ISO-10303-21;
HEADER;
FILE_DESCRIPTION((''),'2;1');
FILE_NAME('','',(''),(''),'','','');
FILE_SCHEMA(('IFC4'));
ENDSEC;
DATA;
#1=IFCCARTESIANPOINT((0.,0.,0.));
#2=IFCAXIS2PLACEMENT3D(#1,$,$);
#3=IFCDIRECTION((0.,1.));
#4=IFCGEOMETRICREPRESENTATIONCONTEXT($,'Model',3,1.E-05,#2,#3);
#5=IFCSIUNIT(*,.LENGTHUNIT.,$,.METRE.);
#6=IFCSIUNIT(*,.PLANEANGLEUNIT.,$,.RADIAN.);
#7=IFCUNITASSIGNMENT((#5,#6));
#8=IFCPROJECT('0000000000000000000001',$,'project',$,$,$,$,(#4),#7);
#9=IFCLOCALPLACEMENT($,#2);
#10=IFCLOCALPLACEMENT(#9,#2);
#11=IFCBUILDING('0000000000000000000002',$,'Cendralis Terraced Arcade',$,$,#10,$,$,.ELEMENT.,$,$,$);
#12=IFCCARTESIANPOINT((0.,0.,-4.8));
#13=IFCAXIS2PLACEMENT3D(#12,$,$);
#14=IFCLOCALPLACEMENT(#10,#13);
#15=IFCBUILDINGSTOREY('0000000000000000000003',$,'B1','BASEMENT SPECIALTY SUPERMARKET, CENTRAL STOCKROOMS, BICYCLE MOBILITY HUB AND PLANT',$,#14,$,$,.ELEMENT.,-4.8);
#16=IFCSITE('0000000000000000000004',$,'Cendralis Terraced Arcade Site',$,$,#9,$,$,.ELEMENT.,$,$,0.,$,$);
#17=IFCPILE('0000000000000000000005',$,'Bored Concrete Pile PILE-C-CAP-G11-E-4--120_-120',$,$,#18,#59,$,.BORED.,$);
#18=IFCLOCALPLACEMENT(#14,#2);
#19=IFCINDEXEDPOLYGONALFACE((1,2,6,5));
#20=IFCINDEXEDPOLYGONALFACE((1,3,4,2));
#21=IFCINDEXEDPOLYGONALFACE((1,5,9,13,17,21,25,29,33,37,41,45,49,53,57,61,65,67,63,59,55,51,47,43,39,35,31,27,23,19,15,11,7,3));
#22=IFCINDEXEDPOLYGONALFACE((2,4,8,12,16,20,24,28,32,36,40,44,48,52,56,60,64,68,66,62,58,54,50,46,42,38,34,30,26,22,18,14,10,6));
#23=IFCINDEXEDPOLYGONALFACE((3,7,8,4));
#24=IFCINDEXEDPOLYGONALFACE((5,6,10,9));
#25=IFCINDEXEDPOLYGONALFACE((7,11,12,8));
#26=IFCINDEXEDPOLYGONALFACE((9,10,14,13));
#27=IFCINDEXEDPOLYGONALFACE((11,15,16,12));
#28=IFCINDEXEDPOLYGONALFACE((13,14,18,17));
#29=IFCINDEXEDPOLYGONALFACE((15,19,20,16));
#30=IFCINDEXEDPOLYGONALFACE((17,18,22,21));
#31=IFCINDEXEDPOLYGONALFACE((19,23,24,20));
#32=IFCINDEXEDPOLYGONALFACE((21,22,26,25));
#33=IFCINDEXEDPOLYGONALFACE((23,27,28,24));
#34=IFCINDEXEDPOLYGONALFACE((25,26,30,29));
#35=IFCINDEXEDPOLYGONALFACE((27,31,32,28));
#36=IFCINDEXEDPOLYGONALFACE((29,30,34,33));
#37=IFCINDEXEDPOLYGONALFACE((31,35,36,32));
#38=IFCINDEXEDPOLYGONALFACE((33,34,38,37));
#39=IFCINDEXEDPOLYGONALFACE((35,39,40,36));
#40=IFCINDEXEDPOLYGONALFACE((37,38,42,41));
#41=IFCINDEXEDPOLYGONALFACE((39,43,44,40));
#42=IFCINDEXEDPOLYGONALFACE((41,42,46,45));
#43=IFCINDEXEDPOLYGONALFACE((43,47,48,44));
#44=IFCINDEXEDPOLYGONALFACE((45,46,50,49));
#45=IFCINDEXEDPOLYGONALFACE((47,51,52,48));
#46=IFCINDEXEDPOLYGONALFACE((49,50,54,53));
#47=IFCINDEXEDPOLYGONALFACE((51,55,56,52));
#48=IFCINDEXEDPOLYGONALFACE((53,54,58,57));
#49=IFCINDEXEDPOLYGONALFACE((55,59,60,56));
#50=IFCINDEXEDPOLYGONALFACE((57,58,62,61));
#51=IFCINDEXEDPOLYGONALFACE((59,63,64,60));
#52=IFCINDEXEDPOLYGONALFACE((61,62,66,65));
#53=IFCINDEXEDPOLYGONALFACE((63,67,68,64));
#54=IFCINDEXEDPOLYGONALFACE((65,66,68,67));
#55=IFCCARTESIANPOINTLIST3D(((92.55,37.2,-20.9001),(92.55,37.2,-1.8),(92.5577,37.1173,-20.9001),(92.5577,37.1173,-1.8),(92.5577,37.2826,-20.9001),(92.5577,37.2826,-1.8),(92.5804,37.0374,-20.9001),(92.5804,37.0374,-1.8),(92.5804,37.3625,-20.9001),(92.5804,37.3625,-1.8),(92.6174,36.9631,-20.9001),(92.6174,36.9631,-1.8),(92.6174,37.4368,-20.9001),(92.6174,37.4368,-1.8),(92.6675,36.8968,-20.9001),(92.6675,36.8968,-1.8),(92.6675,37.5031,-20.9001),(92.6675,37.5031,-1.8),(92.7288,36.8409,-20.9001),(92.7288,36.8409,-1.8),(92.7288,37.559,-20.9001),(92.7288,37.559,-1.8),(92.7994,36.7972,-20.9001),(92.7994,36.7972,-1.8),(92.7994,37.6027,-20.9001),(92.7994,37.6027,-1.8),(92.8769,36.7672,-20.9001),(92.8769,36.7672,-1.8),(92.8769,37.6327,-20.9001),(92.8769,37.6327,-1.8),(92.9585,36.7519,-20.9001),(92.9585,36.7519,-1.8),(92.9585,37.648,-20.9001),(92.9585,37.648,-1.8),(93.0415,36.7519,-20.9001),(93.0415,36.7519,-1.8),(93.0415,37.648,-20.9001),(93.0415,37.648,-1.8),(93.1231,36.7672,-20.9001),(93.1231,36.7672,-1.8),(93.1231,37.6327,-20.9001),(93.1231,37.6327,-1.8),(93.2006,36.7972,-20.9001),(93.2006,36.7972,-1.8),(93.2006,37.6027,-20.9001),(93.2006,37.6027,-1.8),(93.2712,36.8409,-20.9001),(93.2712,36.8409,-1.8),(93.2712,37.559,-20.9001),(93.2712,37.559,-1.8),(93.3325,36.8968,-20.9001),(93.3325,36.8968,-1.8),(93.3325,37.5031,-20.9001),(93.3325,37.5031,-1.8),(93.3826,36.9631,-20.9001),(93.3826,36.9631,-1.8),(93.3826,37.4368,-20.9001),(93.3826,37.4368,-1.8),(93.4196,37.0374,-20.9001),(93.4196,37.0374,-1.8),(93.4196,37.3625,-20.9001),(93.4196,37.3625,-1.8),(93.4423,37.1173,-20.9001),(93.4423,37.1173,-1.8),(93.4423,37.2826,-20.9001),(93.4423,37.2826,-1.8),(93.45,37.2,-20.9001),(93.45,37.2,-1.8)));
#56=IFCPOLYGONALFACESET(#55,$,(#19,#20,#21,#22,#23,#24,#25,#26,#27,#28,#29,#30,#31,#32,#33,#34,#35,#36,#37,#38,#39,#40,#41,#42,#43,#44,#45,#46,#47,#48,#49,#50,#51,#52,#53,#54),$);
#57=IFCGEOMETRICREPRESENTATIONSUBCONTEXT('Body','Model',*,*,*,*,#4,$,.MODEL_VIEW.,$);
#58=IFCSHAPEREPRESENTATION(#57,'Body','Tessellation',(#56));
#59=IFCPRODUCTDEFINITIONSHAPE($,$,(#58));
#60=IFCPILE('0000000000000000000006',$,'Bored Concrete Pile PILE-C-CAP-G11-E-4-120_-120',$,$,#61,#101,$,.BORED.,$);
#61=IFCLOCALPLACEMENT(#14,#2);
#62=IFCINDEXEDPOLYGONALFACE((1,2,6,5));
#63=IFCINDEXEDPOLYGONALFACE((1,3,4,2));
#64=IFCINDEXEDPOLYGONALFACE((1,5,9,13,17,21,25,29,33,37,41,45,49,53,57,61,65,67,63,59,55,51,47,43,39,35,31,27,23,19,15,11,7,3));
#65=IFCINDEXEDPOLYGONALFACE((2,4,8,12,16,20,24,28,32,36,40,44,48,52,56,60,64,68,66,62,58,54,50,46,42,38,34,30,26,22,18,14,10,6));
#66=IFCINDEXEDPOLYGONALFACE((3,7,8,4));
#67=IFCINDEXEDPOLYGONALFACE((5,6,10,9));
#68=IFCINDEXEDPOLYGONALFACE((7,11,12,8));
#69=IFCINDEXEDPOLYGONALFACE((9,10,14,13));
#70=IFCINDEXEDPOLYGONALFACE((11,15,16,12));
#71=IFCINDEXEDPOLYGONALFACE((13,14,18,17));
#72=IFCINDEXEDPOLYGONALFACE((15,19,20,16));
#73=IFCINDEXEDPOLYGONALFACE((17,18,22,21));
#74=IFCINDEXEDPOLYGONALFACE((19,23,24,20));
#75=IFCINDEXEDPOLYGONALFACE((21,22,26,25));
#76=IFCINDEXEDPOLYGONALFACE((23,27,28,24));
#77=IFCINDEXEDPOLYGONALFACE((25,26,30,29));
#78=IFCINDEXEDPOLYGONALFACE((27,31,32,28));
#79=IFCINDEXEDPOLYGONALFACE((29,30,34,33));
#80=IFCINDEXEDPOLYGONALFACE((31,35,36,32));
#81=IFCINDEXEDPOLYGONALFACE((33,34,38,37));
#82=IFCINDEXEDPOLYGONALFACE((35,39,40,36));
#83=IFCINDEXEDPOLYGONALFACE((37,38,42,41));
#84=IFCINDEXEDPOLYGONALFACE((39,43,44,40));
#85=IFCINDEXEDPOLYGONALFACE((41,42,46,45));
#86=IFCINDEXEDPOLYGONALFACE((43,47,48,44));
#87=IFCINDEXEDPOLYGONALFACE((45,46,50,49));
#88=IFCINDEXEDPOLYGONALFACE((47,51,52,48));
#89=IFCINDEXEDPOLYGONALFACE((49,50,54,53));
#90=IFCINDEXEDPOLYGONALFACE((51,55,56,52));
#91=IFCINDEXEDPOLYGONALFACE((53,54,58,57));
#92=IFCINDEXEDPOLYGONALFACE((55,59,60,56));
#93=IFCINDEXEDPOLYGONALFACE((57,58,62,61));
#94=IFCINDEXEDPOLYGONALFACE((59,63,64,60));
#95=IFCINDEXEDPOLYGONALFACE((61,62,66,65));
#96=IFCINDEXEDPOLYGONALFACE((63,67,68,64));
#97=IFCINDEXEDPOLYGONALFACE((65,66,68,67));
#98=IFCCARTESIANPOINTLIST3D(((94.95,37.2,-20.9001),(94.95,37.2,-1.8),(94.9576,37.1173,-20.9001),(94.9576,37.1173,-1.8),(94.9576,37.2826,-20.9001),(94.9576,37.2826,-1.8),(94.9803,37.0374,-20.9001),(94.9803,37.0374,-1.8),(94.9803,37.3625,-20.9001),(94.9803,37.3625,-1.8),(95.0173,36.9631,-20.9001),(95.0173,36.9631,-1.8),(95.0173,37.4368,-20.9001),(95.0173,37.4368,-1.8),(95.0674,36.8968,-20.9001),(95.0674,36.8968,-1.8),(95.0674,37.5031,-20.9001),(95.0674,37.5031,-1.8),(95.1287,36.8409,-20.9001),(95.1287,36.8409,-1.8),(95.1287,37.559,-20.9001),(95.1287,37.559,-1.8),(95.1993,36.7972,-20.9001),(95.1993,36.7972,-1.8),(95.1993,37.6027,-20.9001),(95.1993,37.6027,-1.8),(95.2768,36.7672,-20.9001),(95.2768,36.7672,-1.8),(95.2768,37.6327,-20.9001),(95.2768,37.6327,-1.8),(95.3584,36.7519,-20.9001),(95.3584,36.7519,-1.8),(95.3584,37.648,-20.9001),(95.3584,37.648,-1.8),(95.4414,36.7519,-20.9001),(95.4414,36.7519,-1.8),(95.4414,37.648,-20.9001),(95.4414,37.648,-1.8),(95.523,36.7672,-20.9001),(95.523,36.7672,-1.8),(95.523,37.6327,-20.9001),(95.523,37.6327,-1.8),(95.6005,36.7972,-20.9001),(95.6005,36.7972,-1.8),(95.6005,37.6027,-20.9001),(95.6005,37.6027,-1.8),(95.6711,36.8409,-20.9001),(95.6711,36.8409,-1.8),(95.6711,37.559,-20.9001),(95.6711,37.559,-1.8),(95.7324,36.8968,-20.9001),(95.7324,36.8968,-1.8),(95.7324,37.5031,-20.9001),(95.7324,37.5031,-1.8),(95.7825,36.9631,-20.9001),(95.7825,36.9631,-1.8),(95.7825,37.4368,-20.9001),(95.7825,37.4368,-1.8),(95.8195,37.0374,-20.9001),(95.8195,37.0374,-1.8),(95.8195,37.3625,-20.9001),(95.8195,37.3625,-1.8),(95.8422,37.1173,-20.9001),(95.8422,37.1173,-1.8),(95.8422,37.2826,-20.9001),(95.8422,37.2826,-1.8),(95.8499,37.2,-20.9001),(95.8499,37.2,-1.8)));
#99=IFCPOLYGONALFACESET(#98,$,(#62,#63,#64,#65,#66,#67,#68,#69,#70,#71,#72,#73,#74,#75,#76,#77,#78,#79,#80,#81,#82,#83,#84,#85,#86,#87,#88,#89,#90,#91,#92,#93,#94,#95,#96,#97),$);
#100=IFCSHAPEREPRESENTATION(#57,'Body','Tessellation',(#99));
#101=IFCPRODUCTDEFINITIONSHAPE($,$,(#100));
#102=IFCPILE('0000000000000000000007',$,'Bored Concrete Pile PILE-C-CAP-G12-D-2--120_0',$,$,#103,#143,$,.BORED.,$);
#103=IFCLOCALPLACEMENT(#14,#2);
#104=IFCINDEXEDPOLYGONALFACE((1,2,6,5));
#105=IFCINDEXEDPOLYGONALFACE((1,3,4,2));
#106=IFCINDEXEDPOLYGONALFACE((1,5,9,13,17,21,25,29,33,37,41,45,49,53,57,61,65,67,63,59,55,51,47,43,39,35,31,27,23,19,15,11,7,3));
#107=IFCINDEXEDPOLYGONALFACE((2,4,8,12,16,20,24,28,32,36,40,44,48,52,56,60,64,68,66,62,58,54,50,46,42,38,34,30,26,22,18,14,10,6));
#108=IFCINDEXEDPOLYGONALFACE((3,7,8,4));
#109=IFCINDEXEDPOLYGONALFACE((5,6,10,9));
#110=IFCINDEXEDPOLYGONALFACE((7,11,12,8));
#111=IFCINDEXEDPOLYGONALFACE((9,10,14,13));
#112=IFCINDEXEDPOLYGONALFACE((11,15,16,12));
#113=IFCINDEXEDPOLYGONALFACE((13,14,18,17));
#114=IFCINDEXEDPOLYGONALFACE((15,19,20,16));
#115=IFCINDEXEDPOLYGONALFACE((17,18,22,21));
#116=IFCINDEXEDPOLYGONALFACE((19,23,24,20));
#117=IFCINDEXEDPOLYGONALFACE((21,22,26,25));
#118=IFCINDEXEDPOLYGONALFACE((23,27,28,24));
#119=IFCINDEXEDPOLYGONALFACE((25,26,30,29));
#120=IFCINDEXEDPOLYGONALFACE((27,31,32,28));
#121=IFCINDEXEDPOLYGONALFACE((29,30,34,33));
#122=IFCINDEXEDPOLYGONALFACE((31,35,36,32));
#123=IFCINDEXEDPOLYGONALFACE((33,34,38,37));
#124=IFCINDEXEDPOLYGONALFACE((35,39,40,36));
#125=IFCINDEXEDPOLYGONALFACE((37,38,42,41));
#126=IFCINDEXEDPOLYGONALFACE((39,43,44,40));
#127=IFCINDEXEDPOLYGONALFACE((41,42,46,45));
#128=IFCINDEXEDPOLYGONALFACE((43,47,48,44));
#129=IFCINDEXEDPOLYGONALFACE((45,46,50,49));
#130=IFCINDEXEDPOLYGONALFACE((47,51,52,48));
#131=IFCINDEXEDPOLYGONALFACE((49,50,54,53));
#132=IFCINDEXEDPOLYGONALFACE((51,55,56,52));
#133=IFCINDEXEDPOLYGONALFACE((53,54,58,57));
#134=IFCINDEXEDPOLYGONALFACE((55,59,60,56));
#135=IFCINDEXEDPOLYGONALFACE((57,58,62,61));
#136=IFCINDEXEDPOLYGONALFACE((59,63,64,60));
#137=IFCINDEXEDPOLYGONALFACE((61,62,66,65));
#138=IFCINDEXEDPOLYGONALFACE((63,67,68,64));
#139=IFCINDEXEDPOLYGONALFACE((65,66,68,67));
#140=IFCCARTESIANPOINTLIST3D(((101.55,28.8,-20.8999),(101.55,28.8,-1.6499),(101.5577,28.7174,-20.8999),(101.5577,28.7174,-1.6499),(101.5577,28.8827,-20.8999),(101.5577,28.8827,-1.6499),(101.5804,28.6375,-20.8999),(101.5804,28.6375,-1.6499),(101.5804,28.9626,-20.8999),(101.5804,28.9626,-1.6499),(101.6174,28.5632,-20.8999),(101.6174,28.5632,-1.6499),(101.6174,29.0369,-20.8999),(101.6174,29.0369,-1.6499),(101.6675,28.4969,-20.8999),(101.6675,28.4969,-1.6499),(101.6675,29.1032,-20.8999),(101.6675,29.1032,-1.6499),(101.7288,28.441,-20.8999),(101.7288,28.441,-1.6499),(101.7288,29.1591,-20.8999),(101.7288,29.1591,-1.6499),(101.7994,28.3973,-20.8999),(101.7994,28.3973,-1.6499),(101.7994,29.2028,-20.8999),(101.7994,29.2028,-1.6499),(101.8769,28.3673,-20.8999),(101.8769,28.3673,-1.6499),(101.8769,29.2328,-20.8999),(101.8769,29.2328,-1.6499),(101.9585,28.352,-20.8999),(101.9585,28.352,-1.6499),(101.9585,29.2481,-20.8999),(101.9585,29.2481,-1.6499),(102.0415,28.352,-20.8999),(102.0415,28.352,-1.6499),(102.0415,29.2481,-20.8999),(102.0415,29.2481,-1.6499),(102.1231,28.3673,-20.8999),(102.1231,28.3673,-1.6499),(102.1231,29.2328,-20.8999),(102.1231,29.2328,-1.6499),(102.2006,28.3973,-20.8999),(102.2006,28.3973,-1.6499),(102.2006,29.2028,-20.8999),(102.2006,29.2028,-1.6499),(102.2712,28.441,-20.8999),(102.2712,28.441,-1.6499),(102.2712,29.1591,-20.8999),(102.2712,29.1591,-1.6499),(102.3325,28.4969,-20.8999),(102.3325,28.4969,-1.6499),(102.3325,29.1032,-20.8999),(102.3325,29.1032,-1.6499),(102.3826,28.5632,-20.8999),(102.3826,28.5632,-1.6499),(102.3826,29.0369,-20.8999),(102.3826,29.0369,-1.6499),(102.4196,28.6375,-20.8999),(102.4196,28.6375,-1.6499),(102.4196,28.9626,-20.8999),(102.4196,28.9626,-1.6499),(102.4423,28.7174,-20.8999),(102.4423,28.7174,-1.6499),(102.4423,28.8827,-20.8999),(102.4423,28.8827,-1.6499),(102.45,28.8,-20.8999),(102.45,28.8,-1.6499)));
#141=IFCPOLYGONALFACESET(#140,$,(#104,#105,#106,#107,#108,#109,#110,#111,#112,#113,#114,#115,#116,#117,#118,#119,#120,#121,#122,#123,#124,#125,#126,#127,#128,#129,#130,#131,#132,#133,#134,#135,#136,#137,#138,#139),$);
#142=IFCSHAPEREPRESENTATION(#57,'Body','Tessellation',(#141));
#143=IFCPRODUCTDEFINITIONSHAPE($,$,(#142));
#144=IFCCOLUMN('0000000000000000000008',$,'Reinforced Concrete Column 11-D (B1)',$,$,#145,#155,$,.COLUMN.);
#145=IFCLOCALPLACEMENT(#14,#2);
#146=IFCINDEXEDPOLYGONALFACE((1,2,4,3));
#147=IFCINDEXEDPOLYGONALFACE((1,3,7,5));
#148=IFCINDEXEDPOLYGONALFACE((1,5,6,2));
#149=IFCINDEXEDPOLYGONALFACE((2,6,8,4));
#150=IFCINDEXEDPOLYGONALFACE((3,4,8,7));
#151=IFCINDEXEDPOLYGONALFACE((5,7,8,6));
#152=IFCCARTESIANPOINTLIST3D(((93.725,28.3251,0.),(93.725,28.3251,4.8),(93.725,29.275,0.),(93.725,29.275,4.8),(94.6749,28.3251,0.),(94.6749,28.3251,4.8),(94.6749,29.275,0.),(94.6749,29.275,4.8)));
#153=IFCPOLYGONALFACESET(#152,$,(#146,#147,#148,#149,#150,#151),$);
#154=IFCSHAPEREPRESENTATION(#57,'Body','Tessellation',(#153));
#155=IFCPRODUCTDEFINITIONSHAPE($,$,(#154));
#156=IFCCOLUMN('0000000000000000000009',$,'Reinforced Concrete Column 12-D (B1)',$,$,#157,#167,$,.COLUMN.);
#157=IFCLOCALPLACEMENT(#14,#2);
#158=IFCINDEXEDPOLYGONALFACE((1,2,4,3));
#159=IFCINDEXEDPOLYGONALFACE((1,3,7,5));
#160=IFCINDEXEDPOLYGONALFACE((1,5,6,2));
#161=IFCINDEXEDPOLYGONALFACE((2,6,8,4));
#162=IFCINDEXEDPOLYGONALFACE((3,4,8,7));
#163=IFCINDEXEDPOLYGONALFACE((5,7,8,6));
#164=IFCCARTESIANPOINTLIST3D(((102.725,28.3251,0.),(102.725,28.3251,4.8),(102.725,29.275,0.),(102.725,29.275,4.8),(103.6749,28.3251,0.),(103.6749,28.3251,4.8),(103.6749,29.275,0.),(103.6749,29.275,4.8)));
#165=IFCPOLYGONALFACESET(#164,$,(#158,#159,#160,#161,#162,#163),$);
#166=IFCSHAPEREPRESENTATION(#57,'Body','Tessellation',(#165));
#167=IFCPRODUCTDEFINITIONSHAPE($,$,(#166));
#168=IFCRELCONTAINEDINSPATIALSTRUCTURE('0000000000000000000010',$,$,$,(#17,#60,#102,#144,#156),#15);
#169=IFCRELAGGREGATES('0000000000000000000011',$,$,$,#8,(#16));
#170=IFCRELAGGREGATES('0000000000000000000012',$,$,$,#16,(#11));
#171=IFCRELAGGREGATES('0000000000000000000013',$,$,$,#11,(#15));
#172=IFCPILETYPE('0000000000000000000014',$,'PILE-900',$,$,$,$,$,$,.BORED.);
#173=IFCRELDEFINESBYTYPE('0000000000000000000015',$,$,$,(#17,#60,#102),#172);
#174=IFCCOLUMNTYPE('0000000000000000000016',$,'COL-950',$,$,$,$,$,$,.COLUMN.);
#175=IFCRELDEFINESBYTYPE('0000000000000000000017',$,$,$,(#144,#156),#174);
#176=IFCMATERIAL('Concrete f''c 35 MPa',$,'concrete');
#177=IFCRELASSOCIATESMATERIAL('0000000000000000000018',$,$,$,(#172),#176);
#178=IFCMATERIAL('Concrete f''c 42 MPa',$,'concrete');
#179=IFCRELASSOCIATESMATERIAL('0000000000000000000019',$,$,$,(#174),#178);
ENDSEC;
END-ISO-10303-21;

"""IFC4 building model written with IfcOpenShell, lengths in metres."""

from ifc_helpers import new_model, si_unit, direction, frame, origin, origin_2d, place, context, subcontext, project, spatial, rectangle, circle, extrude, material, material_profile, profile_set, type_object, element, save


model = new_model("IFC4")

# Units and contexts
model_context = context("Model", 3, precision=1e-05, world=origin(), true_north=direction((0.0, 1.0)))
body_context = subcontext(model_context, "Body", "Model", "MODEL_VIEW")
ifc_project = project(units=[si_unit("LENGTHUNIT", "METRE"), si_unit("PLANEANGLEUNIT", "RADIAN")], contexts=[model_context])

# Site, building, storey
site_placement = place(None, origin())
site = spatial("IfcSite", under=ifc_project, at=site_placement, Name="Cendralis Terraced Arcade Site", CompositionType="ELEMENT", RefElevation=0.0)
building_placement = place(site_placement, origin())
building = spatial("IfcBuilding", under=site, at=building_placement, Name="Cendralis Terraced Arcade", CompositionType="ELEMENT")
storey_placement = place(building_placement, frame((0.0, 0.0, -4.8)))
storey = spatial("IfcBuildingStorey", under=building, at=storey_placement, Name="B1", Description="BASEMENT SPECIALTY SUPERMARKET, CENTRAL STOCKROOMS, BICYCLE MOBILITY HUB AND PLANT", CompositionType="ELEMENT", Elevation=-4.8)

# Shared definitions
ifc_material_1 = material(Name="Concrete f'c 35 MPa", Category="concrete")

# Piles
ifc_material_profile_1 = material_profile(ifc_material_1, circle(Radius=0.45, at=origin_2d()), Name="PILE-D900", Category="LoadBearing")
ifc_profile_set_1 = profile_set([ifc_material_profile_1], Name="Concrete f'c 35 MPa")
pile_type_1 = type_object("IfcPileType", Name="PILE-900", PredefinedType="BORED", material=ifc_profile_set_1)
for number, where, z_axis, x_axis, name in (
    (1, (93.0, 37.2, -1.8), (0.0, 0.0, -1.0), (1.0, 0.0, 0.0), "Bored Concrete Pile PILE-C-CAP-G11-E-4--120_-120"),
    (2, (95.3999, 37.2, -1.8), (0.0, 0.0, -1.0), (1.0, 0.0, 0.0), "Bored Concrete Pile PILE-C-CAP-G11-E-4-120_-120"),
):
    element("IfcPile", number, at=place(storey_placement, frame(where, z_axis=z_axis, x_axis=x_axis)), inside=storey, type_object=pile_type_1, Name=name, PredefinedType="BORED", context=body_context, shape_type="SweptSolid", body=[
        extrude(circle(Radius=0.45, at=origin_2d()), origin(), (0.0, 0.0, 1.0), 19.1001),
    ])
pile_1_placement = place(storey_placement, frame((102.0, 28.8, -1.6499), z_axis=(0.0, 0.0, -1.0), x_axis=(1.0, 0.0, 0.0)))
element("IfcPile", 3, at=pile_1_placement, inside=storey, type_object=pile_type_1, Name="Bored Concrete Pile PILE-C-CAP-G12-D-2--120_0", PredefinedType="BORED", context=body_context, shape_type="SweptSolid", body=[
    extrude(circle(Radius=0.45, at=origin_2d()), origin(), (0.0, 0.0, 1.0), 19.25),
])

# Columns
ifc_material_2 = material(Name="Concrete f'c 42 MPa", Category="concrete")
ifc_material_profile_2 = material_profile(ifc_material_2, rectangle(XDim=0.95, YDim=0.95, at=origin_2d()), Name="RC-COL-950x950", Category="LoadBearing")
ifc_profile_set_2 = profile_set([ifc_material_profile_2], Name="Concrete f'c 42 MPa")
column_type_1 = type_object("IfcColumnType", Name="COL-950", PredefinedType="COLUMN", material=ifc_profile_set_2)
for number, where, z_axis, x_axis, name in (
    (4, (94.2, 28.8, 0.0), (0.0, 0.0, 1.0), (1.0, 0.0, 0.0), "Reinforced Concrete Column 11-D (B1)"),
    (5, (103.2, 28.8, 0.0), (0.0, 0.0, 1.0), (1.0, 0.0, 0.0), "Reinforced Concrete Column 12-D (B1)"),
):
    element("IfcColumn", number, at=place(storey_placement, frame(where, z_axis=z_axis, x_axis=x_axis)), inside=storey, type_object=column_type_1, Name=name, PredefinedType="COLUMN", context=body_context, shape_type="SweptSolid", body=[
        extrude(rectangle(XDim=0.95, YDim=0.95, at=origin_2d()), origin(), (0.0, 0.0, 1.0), 4.8),
    ])

save(model, "model.ifc")
